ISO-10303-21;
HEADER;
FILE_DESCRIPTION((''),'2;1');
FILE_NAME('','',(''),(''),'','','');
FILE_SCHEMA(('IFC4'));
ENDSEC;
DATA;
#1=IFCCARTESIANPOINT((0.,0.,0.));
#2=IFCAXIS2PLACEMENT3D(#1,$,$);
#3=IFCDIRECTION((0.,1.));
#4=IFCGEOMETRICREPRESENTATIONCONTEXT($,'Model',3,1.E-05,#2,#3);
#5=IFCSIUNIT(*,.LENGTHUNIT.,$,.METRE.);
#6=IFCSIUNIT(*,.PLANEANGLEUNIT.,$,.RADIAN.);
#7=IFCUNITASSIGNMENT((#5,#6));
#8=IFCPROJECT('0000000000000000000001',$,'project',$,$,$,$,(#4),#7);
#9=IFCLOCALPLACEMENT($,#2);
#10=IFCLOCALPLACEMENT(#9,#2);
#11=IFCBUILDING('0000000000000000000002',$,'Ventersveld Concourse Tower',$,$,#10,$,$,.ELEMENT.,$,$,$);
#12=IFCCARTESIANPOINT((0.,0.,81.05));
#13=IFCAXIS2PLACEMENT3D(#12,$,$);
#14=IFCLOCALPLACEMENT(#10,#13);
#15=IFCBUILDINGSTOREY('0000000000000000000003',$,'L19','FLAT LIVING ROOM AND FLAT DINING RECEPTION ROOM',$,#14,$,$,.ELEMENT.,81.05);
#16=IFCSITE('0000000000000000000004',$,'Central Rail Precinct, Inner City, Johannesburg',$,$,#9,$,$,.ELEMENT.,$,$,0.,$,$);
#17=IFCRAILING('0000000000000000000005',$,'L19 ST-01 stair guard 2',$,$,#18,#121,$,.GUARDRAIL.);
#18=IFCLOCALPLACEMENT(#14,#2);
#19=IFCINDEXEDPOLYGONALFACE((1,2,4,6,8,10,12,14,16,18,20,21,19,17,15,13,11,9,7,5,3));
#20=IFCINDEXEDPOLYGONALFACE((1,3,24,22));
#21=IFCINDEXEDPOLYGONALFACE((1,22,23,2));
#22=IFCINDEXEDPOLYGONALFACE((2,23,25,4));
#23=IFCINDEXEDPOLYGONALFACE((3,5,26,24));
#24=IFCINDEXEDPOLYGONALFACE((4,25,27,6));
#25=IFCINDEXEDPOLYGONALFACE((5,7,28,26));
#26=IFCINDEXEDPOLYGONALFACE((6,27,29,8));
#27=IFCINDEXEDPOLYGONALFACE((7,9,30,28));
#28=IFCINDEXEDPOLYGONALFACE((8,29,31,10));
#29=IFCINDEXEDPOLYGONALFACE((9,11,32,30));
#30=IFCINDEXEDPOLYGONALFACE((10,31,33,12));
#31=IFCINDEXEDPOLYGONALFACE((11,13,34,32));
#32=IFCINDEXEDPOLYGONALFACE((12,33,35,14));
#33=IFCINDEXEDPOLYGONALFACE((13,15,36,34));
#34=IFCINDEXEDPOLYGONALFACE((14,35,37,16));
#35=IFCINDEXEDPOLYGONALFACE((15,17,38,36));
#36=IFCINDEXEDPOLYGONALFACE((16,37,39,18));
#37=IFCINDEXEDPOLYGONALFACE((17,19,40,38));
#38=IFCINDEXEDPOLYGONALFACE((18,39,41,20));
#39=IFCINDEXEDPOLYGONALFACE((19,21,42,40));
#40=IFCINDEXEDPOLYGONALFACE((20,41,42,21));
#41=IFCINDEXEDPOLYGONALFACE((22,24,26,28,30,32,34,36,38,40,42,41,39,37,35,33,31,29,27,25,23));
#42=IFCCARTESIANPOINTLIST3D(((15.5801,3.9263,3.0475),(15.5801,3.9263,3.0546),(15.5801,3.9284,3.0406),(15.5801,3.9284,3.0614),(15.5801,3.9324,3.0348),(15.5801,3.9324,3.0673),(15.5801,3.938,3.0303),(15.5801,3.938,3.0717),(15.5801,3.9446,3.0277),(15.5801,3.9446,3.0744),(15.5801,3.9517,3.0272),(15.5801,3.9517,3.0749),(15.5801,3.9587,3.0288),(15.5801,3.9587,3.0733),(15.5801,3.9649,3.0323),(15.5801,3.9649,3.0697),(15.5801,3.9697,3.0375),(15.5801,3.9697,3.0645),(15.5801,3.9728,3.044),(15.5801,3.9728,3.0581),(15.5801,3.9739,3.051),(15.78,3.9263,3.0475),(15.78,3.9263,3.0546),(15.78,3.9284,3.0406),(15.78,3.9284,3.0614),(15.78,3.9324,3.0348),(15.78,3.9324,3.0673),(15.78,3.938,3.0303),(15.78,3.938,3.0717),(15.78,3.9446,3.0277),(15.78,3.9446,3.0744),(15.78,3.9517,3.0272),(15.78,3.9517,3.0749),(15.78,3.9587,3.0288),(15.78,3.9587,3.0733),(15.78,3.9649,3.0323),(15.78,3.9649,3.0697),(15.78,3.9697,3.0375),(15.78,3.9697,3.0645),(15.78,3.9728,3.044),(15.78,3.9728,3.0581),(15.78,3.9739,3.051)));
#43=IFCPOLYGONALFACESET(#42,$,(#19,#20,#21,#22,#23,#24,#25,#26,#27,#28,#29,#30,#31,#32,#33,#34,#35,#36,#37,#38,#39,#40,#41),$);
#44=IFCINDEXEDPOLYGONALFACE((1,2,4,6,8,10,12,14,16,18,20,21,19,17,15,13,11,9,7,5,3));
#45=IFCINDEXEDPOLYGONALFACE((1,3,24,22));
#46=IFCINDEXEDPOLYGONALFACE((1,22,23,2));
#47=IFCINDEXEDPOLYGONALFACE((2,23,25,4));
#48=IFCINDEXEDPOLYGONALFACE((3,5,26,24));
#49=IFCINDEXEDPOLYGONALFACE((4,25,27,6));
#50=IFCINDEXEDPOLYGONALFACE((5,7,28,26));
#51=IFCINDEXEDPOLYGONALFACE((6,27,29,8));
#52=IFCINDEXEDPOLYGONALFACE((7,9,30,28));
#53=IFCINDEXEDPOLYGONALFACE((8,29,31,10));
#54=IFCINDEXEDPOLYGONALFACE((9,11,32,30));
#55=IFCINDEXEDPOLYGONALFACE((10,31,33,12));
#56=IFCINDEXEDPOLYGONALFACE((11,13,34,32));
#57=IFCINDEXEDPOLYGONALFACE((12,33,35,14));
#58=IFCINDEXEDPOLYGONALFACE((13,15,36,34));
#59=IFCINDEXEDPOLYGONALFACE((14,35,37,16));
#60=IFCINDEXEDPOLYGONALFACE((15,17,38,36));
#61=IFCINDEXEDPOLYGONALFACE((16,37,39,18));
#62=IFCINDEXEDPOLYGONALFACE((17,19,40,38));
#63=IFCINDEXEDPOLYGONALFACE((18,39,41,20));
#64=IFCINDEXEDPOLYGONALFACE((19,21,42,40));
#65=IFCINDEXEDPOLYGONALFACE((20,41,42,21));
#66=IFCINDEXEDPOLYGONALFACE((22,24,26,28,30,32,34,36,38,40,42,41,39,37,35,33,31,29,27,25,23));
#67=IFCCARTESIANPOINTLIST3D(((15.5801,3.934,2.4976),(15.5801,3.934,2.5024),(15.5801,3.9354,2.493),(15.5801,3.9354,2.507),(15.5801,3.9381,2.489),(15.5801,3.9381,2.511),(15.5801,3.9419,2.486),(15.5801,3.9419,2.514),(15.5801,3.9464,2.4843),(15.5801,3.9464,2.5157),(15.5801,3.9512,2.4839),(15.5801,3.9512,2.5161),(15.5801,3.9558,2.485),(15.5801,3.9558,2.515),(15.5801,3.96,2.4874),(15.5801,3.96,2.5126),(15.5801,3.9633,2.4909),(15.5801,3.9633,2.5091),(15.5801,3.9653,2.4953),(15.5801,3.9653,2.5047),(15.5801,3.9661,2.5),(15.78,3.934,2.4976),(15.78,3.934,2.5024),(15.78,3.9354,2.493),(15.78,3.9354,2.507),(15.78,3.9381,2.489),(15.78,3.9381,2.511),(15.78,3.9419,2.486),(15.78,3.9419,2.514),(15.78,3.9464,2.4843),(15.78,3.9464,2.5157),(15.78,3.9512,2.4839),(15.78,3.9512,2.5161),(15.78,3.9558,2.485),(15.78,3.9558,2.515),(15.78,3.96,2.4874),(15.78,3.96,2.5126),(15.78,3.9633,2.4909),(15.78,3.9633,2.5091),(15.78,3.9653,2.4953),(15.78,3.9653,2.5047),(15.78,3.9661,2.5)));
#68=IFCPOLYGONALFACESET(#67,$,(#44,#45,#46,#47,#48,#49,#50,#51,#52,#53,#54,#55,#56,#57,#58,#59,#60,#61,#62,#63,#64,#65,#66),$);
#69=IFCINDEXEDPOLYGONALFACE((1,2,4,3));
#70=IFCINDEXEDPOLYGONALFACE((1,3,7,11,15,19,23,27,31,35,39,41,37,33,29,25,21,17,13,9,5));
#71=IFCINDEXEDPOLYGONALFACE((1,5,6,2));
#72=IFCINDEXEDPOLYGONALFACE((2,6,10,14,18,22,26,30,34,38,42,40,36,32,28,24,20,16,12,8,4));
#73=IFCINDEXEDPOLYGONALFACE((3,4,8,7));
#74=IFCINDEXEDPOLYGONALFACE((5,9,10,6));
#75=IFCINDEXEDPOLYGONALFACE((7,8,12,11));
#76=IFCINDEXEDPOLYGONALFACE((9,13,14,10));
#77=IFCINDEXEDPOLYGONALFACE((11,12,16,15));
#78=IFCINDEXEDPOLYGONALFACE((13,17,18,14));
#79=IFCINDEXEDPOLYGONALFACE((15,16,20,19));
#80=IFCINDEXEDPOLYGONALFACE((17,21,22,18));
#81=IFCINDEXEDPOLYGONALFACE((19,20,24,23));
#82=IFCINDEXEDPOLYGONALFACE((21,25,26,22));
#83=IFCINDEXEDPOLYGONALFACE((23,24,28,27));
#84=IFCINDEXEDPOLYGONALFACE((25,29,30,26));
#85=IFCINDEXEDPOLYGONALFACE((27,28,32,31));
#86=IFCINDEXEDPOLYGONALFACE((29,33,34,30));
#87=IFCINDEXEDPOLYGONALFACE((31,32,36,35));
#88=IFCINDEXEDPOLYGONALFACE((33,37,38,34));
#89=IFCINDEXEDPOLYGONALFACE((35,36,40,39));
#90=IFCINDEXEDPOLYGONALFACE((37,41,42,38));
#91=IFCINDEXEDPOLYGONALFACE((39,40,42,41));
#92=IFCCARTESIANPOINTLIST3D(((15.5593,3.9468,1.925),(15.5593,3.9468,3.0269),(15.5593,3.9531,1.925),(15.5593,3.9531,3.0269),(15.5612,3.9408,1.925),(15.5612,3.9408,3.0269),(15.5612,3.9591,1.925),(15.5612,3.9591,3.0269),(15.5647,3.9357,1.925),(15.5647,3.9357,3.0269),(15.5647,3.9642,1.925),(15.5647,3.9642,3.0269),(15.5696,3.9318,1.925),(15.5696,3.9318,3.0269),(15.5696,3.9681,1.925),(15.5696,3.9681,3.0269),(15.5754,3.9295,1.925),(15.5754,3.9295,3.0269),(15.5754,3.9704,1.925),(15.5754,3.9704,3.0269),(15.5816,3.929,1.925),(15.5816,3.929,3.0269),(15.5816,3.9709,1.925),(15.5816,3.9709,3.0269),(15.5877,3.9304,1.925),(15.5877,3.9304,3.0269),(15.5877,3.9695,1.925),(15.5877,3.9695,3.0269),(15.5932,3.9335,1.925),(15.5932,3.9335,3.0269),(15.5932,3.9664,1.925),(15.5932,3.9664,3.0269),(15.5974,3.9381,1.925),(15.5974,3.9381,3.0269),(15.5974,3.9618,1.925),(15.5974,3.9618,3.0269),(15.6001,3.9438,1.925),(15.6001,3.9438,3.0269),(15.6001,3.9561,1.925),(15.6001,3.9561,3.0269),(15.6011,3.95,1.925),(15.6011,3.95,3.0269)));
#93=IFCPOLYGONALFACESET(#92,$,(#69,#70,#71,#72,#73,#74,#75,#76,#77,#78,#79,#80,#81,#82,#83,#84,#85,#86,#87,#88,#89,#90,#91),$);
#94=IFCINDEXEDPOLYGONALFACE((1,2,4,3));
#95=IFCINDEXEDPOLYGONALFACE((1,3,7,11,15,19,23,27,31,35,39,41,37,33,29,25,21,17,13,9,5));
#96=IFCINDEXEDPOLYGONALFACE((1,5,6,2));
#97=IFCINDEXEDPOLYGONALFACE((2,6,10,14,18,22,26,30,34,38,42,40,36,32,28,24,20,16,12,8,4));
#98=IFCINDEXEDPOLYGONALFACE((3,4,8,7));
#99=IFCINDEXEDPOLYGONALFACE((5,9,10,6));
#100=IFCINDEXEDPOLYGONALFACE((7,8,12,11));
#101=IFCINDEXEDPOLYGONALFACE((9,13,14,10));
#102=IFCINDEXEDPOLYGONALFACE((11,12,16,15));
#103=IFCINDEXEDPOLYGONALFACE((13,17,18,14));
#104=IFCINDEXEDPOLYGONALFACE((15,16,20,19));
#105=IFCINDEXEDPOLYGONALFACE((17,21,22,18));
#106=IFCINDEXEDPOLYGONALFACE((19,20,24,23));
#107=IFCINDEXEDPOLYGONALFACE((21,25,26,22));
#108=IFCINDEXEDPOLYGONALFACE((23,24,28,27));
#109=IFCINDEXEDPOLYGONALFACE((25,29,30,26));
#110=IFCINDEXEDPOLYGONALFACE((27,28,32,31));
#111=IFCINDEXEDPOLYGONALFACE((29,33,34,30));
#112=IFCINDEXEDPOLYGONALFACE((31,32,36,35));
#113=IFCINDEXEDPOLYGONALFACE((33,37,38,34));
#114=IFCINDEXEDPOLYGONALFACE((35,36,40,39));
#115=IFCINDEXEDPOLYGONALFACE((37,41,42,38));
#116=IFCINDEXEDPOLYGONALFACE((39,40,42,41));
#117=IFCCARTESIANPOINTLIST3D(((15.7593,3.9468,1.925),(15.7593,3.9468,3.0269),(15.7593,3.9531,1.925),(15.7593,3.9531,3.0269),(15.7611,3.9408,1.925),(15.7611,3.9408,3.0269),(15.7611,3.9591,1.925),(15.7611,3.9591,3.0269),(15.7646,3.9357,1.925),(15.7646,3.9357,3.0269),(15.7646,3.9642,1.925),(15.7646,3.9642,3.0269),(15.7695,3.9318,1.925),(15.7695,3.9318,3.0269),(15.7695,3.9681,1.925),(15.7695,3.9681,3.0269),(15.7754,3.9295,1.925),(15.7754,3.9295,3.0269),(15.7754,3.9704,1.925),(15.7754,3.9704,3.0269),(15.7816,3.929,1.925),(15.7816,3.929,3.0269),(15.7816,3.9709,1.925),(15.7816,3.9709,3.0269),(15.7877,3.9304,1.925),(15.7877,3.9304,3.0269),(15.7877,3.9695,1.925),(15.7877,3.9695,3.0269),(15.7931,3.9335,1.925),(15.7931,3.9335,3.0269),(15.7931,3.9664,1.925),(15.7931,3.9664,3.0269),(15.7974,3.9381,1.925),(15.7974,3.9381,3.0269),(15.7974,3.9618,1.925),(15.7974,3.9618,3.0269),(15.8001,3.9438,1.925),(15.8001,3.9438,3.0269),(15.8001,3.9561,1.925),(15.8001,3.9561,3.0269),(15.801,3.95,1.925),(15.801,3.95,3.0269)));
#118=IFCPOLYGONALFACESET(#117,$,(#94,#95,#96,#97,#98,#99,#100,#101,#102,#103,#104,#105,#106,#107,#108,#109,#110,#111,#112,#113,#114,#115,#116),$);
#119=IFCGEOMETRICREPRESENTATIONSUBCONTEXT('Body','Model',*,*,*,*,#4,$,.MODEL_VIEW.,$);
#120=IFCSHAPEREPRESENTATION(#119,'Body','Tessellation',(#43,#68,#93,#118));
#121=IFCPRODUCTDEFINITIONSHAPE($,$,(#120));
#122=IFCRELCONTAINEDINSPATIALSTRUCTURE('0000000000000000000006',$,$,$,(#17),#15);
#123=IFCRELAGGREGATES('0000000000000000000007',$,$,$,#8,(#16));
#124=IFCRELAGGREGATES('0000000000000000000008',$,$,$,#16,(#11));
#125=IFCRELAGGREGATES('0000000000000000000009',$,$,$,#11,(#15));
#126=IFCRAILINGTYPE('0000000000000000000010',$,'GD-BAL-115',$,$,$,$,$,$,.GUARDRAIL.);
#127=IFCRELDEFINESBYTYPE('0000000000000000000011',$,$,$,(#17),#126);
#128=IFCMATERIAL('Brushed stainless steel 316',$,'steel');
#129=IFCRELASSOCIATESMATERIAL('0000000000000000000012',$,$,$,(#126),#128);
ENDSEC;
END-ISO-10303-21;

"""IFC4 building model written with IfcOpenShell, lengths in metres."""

from ifc_helpers import new_model, si_unit, direction, frame, origin, origin_2d, place, context, subcontext, project, spatial, circle, extrude, material, type_object, element, save


model = new_model("IFC4")

# Units and contexts
model_context = context("Model", 3, precision=1e-05, world=origin(), true_north=direction((0.0, 1.0)))
body_context = subcontext(model_context, "Body", "Model", "MODEL_VIEW")
ifc_project = project(units=[si_unit("LENGTHUNIT", "METRE"), si_unit("PLANEANGLEUNIT", "RADIAN")], contexts=[model_context])

# Site, building, storey
site_placement = place(None, origin())
site = spatial("IfcSite", under=ifc_project, at=site_placement, Name="Central Rail Precinct, Inner City, Johannesburg", CompositionType="ELEMENT", RefElevation=0.0)
building_placement = place(site_placement, origin())
building = spatial("IfcBuilding", under=site, at=building_placement, Name="Ventersveld Concourse Tower", CompositionType="ELEMENT")
storey_placement = place(building_placement, frame((0.0, 0.0, 81.05)))
storey = spatial("IfcBuildingStorey", under=building, at=storey_placement, Name="L19", Description="FLAT LIVING ROOM AND FLAT DINING RECEPTION ROOM", CompositionType="ELEMENT", Elevation=81.05)

# Railing
ifc_material_1 = material(Name="Brushed stainless steel 316", Category="steel")
railing_type = type_object("IfcRailingType", Name="GD-BAL-115", PredefinedType="GUARDRAIL", material=ifc_material_1)
railing_placement = place(storey_placement, frame((15.5801, 3.95, 1.925)))
element("IfcRailing", 1, at=railing_placement, inside=storey, type_object=railing_type, Name="L19 ST-01 stair guard 2", PredefinedType="GUARDRAIL", context=body_context, shape_type="SweptSolid", body=[
    extrude(circle(Radius=0.0239, at=origin_2d()), frame((0.0, 0.0, 1.126), z_axis=(1.0, 0.0, 0.0), x_axis=(0.0, 1.0, 0.0)), (0.0, 0.0, 1.0), 0.2),
    extrude(circle(Radius=0.0161, at=origin_2d()), frame((0.0, 0.0, 0.575), z_axis=(1.0, 0.0, 0.0), x_axis=(0.0, 1.0, 0.0)), (0.0, 0.0, 1.0), 0.2),
    extrude(circle(Radius=0.021, at=origin_2d()), origin(), (0.0, 0.0, 1.0), 1.1018),
    extrude(circle(Radius=0.021, at=origin_2d()), frame((0.2, 0.0, 0.0)), (0.0, 0.0, 1.0), 1.1018),
])

save(model, "model.ifc")
